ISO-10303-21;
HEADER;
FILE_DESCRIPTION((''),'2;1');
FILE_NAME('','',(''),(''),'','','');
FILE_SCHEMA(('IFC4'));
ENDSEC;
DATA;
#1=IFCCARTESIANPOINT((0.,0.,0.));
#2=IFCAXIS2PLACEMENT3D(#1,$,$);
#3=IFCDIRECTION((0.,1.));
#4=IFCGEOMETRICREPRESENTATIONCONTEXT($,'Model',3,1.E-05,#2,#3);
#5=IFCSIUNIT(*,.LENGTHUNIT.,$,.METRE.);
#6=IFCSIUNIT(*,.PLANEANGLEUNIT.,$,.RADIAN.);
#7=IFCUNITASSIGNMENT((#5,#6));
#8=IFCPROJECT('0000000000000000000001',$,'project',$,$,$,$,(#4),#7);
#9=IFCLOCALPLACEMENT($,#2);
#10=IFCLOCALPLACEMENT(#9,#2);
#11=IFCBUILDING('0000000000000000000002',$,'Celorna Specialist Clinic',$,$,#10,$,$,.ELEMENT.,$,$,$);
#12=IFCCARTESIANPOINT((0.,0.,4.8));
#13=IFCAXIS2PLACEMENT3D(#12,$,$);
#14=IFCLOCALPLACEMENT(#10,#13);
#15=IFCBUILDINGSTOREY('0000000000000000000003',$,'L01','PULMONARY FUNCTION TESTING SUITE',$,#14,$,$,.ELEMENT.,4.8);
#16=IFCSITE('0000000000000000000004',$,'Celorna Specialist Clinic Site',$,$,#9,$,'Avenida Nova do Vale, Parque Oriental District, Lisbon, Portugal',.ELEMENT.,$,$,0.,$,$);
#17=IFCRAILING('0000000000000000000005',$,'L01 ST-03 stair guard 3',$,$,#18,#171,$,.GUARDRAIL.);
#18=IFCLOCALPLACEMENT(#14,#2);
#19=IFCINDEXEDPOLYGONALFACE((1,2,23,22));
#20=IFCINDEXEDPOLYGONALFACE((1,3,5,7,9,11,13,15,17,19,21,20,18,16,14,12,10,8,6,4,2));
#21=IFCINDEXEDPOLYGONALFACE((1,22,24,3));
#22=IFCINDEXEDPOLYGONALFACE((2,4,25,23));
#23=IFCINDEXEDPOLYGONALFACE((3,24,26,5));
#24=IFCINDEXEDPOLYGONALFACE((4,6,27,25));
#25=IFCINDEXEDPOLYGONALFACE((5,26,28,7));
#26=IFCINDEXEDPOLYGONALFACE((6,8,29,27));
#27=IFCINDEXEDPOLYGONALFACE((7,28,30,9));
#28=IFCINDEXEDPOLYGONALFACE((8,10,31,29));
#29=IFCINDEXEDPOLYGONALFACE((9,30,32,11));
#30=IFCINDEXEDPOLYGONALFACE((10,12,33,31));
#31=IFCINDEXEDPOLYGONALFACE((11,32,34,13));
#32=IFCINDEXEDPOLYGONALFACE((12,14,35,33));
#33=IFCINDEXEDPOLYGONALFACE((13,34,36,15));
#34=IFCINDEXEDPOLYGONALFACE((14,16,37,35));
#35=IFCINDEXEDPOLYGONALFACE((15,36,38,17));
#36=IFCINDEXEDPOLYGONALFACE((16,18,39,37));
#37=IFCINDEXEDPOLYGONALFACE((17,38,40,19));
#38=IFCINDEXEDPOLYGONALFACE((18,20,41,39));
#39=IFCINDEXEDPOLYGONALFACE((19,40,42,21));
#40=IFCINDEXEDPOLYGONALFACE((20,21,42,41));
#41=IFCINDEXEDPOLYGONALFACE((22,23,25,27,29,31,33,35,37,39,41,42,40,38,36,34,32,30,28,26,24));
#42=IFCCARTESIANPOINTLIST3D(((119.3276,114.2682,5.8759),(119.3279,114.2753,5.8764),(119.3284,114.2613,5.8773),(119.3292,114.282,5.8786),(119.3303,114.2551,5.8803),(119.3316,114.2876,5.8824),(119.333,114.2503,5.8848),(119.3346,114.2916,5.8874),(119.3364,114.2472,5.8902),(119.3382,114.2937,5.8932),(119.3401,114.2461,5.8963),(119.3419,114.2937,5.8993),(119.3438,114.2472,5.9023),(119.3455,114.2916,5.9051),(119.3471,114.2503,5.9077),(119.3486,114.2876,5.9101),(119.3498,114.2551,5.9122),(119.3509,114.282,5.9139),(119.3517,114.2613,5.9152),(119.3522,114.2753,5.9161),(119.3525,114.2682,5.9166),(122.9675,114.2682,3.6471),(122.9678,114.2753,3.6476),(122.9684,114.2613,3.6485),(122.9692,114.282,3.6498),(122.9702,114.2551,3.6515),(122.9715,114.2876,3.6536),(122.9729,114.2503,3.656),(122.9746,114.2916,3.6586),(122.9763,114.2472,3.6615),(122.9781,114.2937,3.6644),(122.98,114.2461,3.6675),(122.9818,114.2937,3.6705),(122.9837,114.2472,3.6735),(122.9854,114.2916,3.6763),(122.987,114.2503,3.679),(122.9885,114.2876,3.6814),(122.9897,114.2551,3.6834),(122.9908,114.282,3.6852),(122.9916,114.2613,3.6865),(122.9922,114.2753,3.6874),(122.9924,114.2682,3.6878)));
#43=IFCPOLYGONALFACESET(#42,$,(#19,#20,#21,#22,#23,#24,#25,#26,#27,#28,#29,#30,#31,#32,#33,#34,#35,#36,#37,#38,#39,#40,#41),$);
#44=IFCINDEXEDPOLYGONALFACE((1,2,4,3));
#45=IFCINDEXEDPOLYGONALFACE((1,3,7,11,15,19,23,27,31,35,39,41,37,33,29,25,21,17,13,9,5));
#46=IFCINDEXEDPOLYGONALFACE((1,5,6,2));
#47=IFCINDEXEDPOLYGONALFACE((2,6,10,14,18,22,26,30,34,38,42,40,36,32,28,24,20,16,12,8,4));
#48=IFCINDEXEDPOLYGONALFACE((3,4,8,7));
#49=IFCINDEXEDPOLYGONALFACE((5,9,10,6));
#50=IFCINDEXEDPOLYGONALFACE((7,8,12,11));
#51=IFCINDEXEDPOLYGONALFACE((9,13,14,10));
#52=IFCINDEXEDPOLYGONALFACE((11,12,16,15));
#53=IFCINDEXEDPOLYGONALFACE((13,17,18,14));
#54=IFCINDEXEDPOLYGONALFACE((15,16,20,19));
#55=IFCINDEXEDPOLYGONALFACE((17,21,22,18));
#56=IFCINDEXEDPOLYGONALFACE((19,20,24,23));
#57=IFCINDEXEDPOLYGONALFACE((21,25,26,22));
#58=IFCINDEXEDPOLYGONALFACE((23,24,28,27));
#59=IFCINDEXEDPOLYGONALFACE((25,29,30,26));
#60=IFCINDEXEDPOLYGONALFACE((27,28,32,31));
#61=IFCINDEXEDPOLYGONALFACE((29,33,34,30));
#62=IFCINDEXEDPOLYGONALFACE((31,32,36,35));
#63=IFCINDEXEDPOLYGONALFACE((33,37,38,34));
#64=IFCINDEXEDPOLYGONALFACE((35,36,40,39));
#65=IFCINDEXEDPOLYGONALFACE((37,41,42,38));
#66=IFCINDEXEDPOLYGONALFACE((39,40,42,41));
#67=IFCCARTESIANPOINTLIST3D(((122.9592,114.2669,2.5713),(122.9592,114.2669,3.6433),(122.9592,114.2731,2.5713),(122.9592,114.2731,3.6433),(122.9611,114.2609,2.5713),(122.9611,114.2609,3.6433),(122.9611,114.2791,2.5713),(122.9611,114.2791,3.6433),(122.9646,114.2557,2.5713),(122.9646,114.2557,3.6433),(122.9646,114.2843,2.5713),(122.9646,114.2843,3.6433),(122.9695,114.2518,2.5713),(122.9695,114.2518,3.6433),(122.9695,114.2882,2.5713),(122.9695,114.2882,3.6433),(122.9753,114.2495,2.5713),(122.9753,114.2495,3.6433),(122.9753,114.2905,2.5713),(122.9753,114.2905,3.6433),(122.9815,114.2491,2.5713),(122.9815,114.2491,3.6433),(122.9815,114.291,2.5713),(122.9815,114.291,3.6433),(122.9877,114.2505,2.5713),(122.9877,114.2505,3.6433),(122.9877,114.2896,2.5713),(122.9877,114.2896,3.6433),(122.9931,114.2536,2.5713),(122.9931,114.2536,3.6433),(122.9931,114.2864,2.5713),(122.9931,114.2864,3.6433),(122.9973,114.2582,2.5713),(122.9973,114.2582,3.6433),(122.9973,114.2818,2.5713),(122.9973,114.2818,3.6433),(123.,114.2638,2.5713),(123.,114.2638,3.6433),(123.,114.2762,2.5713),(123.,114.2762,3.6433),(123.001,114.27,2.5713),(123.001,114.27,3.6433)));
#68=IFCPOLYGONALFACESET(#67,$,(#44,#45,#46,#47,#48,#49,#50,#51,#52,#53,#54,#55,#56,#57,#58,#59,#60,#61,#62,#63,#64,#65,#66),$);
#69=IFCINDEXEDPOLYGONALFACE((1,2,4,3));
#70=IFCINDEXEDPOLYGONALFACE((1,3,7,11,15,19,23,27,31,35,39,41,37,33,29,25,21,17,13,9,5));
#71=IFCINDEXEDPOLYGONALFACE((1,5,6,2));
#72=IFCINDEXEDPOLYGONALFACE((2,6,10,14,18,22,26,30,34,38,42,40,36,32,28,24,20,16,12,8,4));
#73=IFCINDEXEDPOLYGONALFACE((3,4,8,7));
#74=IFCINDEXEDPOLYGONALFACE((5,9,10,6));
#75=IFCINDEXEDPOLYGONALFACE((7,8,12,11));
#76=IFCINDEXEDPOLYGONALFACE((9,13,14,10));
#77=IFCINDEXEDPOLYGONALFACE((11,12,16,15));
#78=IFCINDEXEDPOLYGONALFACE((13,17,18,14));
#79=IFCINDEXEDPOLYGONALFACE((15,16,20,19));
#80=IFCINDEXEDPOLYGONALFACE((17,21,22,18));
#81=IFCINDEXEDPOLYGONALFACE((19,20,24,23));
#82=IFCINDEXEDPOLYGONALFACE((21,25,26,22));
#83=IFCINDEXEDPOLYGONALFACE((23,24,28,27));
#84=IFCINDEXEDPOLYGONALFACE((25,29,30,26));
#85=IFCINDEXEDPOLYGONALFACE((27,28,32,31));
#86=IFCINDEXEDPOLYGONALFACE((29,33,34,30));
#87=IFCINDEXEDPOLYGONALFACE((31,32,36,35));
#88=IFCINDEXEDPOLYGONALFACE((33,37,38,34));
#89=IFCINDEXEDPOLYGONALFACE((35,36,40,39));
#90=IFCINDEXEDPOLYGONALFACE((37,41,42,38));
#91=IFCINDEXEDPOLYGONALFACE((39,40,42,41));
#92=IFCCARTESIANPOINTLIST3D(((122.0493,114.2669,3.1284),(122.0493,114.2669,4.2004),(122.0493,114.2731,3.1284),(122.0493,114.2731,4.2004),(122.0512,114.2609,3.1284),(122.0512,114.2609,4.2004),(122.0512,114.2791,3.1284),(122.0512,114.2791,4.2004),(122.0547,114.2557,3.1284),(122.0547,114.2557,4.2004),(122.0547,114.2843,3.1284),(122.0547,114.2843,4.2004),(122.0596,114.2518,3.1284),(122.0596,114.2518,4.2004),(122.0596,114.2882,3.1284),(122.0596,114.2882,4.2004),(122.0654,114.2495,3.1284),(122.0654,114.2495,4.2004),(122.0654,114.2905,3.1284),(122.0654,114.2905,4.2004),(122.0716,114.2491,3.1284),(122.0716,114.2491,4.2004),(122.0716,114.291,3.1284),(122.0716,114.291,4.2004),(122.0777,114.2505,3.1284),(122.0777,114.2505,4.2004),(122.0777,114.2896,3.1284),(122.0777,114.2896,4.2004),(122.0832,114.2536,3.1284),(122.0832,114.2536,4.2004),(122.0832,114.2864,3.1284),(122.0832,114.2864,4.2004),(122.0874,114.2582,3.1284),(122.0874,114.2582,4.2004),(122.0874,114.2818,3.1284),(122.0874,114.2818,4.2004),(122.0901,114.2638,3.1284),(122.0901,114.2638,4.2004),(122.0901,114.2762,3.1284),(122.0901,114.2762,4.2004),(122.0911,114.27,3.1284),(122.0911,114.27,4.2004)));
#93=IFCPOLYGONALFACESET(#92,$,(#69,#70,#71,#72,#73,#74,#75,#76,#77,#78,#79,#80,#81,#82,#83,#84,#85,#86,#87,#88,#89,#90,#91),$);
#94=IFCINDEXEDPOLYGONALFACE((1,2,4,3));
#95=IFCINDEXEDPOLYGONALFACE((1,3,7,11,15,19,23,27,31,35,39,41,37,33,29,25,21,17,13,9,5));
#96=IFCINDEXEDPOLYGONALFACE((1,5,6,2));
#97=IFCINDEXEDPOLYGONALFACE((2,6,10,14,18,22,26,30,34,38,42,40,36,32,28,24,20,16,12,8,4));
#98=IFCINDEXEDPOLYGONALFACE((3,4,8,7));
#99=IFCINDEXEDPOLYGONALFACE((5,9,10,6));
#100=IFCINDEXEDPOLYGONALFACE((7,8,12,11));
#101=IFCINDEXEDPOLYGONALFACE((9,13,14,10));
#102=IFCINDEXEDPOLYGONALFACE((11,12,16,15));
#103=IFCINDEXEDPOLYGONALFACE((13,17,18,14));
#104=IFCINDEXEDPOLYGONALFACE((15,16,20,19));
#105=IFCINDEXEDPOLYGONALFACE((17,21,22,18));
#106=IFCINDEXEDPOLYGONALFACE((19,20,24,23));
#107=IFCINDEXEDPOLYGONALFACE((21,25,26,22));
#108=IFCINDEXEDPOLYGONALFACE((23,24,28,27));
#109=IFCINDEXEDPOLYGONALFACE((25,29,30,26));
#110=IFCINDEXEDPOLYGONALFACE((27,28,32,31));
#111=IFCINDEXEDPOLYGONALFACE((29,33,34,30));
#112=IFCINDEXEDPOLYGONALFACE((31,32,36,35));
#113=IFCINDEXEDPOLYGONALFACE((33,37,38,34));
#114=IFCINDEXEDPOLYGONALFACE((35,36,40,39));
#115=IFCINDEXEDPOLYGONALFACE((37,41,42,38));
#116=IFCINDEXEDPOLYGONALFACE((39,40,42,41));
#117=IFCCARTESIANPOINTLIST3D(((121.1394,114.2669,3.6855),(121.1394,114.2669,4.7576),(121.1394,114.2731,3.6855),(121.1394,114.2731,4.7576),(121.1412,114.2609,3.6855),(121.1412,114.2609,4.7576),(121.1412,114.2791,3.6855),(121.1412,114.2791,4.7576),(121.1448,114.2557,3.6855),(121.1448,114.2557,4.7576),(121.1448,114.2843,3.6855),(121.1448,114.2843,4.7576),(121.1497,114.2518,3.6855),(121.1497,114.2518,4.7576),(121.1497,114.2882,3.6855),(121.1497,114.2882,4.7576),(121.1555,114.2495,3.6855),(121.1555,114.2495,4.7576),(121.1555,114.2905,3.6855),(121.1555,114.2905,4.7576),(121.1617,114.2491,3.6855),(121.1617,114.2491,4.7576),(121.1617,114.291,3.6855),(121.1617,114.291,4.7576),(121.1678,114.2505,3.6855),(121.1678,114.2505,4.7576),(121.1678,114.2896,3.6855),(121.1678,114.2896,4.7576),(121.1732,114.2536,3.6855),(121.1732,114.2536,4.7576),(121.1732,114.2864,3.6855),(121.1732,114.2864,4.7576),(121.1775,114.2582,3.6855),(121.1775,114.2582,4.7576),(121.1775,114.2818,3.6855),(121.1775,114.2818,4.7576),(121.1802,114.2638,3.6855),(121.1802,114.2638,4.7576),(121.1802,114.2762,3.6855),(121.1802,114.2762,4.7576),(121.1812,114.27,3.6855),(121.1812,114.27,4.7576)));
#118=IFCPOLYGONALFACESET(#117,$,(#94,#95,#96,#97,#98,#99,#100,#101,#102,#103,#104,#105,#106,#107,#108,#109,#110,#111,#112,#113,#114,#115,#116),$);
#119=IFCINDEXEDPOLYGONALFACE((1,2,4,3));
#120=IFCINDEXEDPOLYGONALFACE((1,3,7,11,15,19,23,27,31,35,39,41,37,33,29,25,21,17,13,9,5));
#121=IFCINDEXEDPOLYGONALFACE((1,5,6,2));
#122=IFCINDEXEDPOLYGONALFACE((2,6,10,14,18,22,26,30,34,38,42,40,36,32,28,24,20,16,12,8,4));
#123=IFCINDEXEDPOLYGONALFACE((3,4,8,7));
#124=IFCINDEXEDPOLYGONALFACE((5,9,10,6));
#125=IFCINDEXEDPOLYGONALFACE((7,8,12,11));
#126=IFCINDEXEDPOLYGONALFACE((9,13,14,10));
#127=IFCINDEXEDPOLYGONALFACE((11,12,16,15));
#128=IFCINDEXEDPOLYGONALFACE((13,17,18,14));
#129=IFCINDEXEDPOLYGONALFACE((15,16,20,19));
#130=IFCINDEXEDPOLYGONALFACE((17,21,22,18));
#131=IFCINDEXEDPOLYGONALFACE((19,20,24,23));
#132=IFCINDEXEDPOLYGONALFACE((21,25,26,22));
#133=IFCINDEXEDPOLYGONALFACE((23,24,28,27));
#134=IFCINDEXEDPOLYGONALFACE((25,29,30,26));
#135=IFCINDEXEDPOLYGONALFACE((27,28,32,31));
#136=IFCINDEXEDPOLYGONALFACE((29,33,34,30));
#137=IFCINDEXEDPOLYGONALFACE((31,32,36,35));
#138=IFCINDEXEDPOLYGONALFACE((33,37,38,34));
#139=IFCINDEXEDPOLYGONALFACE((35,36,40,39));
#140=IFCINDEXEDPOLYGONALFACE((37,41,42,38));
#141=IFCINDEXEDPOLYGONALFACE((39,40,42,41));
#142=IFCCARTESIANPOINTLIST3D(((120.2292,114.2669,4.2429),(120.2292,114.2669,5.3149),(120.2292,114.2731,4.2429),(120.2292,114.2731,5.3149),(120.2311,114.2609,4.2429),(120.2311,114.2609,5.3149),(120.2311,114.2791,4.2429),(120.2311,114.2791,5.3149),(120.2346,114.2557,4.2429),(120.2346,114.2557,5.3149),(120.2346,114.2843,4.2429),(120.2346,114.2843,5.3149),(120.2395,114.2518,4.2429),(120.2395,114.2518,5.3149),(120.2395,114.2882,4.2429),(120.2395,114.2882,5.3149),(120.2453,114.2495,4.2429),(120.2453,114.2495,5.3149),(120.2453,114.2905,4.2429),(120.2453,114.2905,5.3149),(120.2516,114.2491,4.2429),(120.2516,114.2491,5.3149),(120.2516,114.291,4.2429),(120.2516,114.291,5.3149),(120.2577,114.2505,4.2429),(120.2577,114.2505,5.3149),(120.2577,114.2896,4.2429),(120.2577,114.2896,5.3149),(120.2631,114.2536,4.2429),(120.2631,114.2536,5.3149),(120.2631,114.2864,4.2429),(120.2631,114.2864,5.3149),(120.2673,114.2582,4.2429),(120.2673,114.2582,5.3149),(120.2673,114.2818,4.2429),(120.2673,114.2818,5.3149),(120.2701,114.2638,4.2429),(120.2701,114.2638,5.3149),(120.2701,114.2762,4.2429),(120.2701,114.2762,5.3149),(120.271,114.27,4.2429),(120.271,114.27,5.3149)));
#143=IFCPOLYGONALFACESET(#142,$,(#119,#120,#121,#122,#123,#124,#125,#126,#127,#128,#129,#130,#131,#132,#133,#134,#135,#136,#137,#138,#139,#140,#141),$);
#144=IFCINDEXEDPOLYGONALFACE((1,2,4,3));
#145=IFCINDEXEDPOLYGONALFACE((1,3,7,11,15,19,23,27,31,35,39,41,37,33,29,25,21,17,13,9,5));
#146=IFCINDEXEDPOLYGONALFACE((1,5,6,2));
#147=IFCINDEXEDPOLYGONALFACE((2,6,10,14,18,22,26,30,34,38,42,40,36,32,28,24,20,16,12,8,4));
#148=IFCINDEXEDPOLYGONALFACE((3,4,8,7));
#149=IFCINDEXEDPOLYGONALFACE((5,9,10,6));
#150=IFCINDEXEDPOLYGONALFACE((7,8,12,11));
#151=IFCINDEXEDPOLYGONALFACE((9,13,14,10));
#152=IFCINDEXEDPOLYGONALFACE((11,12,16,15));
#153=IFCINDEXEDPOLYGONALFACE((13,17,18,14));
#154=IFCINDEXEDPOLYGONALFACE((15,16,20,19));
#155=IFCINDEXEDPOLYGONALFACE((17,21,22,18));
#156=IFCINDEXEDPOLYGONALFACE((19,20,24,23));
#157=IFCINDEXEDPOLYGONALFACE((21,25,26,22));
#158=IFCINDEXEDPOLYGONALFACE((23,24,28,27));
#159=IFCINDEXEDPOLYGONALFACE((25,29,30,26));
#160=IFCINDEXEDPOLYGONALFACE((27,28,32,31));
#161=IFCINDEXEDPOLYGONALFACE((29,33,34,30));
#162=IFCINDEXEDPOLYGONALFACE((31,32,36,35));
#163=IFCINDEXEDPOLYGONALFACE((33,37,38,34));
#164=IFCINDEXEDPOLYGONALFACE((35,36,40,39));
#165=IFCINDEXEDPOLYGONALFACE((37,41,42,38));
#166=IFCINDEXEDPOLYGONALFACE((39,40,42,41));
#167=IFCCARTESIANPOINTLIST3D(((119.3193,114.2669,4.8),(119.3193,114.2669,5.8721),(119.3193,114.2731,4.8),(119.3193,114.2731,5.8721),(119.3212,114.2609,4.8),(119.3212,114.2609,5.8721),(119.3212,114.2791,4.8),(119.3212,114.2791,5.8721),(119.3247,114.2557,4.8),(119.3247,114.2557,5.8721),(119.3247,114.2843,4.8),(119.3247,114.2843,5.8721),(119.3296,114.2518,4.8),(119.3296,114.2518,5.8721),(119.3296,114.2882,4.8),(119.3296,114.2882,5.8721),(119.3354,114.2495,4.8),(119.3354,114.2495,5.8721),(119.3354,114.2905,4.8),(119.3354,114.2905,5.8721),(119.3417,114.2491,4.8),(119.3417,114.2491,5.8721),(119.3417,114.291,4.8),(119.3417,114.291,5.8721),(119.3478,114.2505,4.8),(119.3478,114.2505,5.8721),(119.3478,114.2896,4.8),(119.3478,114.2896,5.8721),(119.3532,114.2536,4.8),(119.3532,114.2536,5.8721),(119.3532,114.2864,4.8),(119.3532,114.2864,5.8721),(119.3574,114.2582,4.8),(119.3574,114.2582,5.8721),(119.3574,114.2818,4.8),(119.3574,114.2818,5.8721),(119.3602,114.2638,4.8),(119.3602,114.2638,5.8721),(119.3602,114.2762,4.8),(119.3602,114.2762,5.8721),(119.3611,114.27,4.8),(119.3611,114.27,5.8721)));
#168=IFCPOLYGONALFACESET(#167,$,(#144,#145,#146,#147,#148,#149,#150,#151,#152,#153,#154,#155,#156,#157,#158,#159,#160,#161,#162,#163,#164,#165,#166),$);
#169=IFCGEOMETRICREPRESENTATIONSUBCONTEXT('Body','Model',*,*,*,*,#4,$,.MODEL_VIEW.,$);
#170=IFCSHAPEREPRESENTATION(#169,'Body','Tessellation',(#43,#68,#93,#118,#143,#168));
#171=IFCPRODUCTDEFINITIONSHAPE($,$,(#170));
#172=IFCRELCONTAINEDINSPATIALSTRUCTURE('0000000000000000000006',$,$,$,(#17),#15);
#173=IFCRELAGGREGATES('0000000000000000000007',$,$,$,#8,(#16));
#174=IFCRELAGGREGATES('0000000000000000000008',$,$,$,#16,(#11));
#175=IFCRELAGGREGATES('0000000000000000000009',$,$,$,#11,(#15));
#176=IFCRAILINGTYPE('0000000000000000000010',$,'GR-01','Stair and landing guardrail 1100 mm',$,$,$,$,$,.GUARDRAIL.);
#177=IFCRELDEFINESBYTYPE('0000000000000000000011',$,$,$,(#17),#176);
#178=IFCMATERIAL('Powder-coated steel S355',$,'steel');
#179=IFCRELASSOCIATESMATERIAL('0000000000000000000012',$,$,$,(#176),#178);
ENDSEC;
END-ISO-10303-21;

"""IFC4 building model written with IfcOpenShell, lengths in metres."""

from ifc_helpers import new_model, si_unit, direction, frame, origin, origin_2d, place, context, subcontext, project, spatial, circle, extrude, material, type_object, element, save


model = new_model("IFC4")

# Units and contexts
model_context = context("Model", 3, precision=1e-05, world=origin(), true_north=direction((0.0, 1.0)))
body_context = subcontext(model_context, "Body", "Model", "MODEL_VIEW")
ifc_project = project(units=[si_unit("LENGTHUNIT", "METRE"), si_unit("PLANEANGLEUNIT", "RADIAN")], contexts=[model_context])

# Site, building, storey
site_placement = place(None, origin())
site = spatial("IfcSite", under=ifc_project, at=site_placement, Name="Celorna Specialist Clinic Site", LongName="Avenida Nova do Vale, Parque Oriental District, Lisbon, Portugal", CompositionType="ELEMENT", RefElevation=0.0)
building_placement = place(site_placement, origin())
building = spatial("IfcBuilding", under=site, at=building_placement, Name="Celorna Specialist Clinic", CompositionType="ELEMENT")
storey_placement = place(building_placement, frame((0.0, 0.0, 4.8)))
storey = spatial("IfcBuildingStorey", under=building, at=storey_placement, Name="L01", Description="PULMONARY FUNCTION TESTING SUITE", CompositionType="ELEMENT", Elevation=4.8)

# Railing
ifc_material_1 = material(Name="Powder-coated steel S355", Category="steel")
railing_type_1 = type_object("IfcRailingType", Name="GR-01", Description="Stair and landing guardrail 1100 mm", PredefinedType="GUARDRAIL", material=ifc_material_1)
railing_1_placement = place(storey_placement, frame((122.98, 114.27, 2.5713)))
element("IfcRailing", 1, at=railing_1_placement, inside=storey, type_object=railing_type_1, Name="L01 ST-03 stair guard 3", PredefinedType="GUARDRAIL", context=body_context, shape_type="SweptSolid", body=[
    extrude(circle(Radius=0.0239, at=origin_2d()), frame((0.0, 0.0, 1.0962), z_axis=(-0.852825, 0.0, 0.522197), x_axis=(0.0, -1.0, 0.0)), (0.0, 0.0, 1.0), 4.2681),
    extrude(circle(Radius=0.021, at=origin_2d()), origin(), (0.0, 0.0, 1.0), 1.072),
    extrude(circle(Radius=0.021, at=origin_2d()), frame((-0.9099, 0.0, 0.5571)), (0.0, 0.0, 1.0), 1.072),
    extrude(circle(Radius=0.021, at=origin_2d()), frame((-1.8198, 0.0, 1.1143)), (0.0, 0.0, 1.0), 1.072),
    extrude(circle(Radius=0.021, at=origin_2d()), frame((-2.73, 0.0, 1.6716)), (0.0, 0.0, 1.0), 1.072),
    extrude(circle(Radius=0.021, at=origin_2d()), frame((-3.6399, 0.0, 2.2288)), (0.0, 0.0, 1.0), 1.072),
])

save(model, "model.ifc")
